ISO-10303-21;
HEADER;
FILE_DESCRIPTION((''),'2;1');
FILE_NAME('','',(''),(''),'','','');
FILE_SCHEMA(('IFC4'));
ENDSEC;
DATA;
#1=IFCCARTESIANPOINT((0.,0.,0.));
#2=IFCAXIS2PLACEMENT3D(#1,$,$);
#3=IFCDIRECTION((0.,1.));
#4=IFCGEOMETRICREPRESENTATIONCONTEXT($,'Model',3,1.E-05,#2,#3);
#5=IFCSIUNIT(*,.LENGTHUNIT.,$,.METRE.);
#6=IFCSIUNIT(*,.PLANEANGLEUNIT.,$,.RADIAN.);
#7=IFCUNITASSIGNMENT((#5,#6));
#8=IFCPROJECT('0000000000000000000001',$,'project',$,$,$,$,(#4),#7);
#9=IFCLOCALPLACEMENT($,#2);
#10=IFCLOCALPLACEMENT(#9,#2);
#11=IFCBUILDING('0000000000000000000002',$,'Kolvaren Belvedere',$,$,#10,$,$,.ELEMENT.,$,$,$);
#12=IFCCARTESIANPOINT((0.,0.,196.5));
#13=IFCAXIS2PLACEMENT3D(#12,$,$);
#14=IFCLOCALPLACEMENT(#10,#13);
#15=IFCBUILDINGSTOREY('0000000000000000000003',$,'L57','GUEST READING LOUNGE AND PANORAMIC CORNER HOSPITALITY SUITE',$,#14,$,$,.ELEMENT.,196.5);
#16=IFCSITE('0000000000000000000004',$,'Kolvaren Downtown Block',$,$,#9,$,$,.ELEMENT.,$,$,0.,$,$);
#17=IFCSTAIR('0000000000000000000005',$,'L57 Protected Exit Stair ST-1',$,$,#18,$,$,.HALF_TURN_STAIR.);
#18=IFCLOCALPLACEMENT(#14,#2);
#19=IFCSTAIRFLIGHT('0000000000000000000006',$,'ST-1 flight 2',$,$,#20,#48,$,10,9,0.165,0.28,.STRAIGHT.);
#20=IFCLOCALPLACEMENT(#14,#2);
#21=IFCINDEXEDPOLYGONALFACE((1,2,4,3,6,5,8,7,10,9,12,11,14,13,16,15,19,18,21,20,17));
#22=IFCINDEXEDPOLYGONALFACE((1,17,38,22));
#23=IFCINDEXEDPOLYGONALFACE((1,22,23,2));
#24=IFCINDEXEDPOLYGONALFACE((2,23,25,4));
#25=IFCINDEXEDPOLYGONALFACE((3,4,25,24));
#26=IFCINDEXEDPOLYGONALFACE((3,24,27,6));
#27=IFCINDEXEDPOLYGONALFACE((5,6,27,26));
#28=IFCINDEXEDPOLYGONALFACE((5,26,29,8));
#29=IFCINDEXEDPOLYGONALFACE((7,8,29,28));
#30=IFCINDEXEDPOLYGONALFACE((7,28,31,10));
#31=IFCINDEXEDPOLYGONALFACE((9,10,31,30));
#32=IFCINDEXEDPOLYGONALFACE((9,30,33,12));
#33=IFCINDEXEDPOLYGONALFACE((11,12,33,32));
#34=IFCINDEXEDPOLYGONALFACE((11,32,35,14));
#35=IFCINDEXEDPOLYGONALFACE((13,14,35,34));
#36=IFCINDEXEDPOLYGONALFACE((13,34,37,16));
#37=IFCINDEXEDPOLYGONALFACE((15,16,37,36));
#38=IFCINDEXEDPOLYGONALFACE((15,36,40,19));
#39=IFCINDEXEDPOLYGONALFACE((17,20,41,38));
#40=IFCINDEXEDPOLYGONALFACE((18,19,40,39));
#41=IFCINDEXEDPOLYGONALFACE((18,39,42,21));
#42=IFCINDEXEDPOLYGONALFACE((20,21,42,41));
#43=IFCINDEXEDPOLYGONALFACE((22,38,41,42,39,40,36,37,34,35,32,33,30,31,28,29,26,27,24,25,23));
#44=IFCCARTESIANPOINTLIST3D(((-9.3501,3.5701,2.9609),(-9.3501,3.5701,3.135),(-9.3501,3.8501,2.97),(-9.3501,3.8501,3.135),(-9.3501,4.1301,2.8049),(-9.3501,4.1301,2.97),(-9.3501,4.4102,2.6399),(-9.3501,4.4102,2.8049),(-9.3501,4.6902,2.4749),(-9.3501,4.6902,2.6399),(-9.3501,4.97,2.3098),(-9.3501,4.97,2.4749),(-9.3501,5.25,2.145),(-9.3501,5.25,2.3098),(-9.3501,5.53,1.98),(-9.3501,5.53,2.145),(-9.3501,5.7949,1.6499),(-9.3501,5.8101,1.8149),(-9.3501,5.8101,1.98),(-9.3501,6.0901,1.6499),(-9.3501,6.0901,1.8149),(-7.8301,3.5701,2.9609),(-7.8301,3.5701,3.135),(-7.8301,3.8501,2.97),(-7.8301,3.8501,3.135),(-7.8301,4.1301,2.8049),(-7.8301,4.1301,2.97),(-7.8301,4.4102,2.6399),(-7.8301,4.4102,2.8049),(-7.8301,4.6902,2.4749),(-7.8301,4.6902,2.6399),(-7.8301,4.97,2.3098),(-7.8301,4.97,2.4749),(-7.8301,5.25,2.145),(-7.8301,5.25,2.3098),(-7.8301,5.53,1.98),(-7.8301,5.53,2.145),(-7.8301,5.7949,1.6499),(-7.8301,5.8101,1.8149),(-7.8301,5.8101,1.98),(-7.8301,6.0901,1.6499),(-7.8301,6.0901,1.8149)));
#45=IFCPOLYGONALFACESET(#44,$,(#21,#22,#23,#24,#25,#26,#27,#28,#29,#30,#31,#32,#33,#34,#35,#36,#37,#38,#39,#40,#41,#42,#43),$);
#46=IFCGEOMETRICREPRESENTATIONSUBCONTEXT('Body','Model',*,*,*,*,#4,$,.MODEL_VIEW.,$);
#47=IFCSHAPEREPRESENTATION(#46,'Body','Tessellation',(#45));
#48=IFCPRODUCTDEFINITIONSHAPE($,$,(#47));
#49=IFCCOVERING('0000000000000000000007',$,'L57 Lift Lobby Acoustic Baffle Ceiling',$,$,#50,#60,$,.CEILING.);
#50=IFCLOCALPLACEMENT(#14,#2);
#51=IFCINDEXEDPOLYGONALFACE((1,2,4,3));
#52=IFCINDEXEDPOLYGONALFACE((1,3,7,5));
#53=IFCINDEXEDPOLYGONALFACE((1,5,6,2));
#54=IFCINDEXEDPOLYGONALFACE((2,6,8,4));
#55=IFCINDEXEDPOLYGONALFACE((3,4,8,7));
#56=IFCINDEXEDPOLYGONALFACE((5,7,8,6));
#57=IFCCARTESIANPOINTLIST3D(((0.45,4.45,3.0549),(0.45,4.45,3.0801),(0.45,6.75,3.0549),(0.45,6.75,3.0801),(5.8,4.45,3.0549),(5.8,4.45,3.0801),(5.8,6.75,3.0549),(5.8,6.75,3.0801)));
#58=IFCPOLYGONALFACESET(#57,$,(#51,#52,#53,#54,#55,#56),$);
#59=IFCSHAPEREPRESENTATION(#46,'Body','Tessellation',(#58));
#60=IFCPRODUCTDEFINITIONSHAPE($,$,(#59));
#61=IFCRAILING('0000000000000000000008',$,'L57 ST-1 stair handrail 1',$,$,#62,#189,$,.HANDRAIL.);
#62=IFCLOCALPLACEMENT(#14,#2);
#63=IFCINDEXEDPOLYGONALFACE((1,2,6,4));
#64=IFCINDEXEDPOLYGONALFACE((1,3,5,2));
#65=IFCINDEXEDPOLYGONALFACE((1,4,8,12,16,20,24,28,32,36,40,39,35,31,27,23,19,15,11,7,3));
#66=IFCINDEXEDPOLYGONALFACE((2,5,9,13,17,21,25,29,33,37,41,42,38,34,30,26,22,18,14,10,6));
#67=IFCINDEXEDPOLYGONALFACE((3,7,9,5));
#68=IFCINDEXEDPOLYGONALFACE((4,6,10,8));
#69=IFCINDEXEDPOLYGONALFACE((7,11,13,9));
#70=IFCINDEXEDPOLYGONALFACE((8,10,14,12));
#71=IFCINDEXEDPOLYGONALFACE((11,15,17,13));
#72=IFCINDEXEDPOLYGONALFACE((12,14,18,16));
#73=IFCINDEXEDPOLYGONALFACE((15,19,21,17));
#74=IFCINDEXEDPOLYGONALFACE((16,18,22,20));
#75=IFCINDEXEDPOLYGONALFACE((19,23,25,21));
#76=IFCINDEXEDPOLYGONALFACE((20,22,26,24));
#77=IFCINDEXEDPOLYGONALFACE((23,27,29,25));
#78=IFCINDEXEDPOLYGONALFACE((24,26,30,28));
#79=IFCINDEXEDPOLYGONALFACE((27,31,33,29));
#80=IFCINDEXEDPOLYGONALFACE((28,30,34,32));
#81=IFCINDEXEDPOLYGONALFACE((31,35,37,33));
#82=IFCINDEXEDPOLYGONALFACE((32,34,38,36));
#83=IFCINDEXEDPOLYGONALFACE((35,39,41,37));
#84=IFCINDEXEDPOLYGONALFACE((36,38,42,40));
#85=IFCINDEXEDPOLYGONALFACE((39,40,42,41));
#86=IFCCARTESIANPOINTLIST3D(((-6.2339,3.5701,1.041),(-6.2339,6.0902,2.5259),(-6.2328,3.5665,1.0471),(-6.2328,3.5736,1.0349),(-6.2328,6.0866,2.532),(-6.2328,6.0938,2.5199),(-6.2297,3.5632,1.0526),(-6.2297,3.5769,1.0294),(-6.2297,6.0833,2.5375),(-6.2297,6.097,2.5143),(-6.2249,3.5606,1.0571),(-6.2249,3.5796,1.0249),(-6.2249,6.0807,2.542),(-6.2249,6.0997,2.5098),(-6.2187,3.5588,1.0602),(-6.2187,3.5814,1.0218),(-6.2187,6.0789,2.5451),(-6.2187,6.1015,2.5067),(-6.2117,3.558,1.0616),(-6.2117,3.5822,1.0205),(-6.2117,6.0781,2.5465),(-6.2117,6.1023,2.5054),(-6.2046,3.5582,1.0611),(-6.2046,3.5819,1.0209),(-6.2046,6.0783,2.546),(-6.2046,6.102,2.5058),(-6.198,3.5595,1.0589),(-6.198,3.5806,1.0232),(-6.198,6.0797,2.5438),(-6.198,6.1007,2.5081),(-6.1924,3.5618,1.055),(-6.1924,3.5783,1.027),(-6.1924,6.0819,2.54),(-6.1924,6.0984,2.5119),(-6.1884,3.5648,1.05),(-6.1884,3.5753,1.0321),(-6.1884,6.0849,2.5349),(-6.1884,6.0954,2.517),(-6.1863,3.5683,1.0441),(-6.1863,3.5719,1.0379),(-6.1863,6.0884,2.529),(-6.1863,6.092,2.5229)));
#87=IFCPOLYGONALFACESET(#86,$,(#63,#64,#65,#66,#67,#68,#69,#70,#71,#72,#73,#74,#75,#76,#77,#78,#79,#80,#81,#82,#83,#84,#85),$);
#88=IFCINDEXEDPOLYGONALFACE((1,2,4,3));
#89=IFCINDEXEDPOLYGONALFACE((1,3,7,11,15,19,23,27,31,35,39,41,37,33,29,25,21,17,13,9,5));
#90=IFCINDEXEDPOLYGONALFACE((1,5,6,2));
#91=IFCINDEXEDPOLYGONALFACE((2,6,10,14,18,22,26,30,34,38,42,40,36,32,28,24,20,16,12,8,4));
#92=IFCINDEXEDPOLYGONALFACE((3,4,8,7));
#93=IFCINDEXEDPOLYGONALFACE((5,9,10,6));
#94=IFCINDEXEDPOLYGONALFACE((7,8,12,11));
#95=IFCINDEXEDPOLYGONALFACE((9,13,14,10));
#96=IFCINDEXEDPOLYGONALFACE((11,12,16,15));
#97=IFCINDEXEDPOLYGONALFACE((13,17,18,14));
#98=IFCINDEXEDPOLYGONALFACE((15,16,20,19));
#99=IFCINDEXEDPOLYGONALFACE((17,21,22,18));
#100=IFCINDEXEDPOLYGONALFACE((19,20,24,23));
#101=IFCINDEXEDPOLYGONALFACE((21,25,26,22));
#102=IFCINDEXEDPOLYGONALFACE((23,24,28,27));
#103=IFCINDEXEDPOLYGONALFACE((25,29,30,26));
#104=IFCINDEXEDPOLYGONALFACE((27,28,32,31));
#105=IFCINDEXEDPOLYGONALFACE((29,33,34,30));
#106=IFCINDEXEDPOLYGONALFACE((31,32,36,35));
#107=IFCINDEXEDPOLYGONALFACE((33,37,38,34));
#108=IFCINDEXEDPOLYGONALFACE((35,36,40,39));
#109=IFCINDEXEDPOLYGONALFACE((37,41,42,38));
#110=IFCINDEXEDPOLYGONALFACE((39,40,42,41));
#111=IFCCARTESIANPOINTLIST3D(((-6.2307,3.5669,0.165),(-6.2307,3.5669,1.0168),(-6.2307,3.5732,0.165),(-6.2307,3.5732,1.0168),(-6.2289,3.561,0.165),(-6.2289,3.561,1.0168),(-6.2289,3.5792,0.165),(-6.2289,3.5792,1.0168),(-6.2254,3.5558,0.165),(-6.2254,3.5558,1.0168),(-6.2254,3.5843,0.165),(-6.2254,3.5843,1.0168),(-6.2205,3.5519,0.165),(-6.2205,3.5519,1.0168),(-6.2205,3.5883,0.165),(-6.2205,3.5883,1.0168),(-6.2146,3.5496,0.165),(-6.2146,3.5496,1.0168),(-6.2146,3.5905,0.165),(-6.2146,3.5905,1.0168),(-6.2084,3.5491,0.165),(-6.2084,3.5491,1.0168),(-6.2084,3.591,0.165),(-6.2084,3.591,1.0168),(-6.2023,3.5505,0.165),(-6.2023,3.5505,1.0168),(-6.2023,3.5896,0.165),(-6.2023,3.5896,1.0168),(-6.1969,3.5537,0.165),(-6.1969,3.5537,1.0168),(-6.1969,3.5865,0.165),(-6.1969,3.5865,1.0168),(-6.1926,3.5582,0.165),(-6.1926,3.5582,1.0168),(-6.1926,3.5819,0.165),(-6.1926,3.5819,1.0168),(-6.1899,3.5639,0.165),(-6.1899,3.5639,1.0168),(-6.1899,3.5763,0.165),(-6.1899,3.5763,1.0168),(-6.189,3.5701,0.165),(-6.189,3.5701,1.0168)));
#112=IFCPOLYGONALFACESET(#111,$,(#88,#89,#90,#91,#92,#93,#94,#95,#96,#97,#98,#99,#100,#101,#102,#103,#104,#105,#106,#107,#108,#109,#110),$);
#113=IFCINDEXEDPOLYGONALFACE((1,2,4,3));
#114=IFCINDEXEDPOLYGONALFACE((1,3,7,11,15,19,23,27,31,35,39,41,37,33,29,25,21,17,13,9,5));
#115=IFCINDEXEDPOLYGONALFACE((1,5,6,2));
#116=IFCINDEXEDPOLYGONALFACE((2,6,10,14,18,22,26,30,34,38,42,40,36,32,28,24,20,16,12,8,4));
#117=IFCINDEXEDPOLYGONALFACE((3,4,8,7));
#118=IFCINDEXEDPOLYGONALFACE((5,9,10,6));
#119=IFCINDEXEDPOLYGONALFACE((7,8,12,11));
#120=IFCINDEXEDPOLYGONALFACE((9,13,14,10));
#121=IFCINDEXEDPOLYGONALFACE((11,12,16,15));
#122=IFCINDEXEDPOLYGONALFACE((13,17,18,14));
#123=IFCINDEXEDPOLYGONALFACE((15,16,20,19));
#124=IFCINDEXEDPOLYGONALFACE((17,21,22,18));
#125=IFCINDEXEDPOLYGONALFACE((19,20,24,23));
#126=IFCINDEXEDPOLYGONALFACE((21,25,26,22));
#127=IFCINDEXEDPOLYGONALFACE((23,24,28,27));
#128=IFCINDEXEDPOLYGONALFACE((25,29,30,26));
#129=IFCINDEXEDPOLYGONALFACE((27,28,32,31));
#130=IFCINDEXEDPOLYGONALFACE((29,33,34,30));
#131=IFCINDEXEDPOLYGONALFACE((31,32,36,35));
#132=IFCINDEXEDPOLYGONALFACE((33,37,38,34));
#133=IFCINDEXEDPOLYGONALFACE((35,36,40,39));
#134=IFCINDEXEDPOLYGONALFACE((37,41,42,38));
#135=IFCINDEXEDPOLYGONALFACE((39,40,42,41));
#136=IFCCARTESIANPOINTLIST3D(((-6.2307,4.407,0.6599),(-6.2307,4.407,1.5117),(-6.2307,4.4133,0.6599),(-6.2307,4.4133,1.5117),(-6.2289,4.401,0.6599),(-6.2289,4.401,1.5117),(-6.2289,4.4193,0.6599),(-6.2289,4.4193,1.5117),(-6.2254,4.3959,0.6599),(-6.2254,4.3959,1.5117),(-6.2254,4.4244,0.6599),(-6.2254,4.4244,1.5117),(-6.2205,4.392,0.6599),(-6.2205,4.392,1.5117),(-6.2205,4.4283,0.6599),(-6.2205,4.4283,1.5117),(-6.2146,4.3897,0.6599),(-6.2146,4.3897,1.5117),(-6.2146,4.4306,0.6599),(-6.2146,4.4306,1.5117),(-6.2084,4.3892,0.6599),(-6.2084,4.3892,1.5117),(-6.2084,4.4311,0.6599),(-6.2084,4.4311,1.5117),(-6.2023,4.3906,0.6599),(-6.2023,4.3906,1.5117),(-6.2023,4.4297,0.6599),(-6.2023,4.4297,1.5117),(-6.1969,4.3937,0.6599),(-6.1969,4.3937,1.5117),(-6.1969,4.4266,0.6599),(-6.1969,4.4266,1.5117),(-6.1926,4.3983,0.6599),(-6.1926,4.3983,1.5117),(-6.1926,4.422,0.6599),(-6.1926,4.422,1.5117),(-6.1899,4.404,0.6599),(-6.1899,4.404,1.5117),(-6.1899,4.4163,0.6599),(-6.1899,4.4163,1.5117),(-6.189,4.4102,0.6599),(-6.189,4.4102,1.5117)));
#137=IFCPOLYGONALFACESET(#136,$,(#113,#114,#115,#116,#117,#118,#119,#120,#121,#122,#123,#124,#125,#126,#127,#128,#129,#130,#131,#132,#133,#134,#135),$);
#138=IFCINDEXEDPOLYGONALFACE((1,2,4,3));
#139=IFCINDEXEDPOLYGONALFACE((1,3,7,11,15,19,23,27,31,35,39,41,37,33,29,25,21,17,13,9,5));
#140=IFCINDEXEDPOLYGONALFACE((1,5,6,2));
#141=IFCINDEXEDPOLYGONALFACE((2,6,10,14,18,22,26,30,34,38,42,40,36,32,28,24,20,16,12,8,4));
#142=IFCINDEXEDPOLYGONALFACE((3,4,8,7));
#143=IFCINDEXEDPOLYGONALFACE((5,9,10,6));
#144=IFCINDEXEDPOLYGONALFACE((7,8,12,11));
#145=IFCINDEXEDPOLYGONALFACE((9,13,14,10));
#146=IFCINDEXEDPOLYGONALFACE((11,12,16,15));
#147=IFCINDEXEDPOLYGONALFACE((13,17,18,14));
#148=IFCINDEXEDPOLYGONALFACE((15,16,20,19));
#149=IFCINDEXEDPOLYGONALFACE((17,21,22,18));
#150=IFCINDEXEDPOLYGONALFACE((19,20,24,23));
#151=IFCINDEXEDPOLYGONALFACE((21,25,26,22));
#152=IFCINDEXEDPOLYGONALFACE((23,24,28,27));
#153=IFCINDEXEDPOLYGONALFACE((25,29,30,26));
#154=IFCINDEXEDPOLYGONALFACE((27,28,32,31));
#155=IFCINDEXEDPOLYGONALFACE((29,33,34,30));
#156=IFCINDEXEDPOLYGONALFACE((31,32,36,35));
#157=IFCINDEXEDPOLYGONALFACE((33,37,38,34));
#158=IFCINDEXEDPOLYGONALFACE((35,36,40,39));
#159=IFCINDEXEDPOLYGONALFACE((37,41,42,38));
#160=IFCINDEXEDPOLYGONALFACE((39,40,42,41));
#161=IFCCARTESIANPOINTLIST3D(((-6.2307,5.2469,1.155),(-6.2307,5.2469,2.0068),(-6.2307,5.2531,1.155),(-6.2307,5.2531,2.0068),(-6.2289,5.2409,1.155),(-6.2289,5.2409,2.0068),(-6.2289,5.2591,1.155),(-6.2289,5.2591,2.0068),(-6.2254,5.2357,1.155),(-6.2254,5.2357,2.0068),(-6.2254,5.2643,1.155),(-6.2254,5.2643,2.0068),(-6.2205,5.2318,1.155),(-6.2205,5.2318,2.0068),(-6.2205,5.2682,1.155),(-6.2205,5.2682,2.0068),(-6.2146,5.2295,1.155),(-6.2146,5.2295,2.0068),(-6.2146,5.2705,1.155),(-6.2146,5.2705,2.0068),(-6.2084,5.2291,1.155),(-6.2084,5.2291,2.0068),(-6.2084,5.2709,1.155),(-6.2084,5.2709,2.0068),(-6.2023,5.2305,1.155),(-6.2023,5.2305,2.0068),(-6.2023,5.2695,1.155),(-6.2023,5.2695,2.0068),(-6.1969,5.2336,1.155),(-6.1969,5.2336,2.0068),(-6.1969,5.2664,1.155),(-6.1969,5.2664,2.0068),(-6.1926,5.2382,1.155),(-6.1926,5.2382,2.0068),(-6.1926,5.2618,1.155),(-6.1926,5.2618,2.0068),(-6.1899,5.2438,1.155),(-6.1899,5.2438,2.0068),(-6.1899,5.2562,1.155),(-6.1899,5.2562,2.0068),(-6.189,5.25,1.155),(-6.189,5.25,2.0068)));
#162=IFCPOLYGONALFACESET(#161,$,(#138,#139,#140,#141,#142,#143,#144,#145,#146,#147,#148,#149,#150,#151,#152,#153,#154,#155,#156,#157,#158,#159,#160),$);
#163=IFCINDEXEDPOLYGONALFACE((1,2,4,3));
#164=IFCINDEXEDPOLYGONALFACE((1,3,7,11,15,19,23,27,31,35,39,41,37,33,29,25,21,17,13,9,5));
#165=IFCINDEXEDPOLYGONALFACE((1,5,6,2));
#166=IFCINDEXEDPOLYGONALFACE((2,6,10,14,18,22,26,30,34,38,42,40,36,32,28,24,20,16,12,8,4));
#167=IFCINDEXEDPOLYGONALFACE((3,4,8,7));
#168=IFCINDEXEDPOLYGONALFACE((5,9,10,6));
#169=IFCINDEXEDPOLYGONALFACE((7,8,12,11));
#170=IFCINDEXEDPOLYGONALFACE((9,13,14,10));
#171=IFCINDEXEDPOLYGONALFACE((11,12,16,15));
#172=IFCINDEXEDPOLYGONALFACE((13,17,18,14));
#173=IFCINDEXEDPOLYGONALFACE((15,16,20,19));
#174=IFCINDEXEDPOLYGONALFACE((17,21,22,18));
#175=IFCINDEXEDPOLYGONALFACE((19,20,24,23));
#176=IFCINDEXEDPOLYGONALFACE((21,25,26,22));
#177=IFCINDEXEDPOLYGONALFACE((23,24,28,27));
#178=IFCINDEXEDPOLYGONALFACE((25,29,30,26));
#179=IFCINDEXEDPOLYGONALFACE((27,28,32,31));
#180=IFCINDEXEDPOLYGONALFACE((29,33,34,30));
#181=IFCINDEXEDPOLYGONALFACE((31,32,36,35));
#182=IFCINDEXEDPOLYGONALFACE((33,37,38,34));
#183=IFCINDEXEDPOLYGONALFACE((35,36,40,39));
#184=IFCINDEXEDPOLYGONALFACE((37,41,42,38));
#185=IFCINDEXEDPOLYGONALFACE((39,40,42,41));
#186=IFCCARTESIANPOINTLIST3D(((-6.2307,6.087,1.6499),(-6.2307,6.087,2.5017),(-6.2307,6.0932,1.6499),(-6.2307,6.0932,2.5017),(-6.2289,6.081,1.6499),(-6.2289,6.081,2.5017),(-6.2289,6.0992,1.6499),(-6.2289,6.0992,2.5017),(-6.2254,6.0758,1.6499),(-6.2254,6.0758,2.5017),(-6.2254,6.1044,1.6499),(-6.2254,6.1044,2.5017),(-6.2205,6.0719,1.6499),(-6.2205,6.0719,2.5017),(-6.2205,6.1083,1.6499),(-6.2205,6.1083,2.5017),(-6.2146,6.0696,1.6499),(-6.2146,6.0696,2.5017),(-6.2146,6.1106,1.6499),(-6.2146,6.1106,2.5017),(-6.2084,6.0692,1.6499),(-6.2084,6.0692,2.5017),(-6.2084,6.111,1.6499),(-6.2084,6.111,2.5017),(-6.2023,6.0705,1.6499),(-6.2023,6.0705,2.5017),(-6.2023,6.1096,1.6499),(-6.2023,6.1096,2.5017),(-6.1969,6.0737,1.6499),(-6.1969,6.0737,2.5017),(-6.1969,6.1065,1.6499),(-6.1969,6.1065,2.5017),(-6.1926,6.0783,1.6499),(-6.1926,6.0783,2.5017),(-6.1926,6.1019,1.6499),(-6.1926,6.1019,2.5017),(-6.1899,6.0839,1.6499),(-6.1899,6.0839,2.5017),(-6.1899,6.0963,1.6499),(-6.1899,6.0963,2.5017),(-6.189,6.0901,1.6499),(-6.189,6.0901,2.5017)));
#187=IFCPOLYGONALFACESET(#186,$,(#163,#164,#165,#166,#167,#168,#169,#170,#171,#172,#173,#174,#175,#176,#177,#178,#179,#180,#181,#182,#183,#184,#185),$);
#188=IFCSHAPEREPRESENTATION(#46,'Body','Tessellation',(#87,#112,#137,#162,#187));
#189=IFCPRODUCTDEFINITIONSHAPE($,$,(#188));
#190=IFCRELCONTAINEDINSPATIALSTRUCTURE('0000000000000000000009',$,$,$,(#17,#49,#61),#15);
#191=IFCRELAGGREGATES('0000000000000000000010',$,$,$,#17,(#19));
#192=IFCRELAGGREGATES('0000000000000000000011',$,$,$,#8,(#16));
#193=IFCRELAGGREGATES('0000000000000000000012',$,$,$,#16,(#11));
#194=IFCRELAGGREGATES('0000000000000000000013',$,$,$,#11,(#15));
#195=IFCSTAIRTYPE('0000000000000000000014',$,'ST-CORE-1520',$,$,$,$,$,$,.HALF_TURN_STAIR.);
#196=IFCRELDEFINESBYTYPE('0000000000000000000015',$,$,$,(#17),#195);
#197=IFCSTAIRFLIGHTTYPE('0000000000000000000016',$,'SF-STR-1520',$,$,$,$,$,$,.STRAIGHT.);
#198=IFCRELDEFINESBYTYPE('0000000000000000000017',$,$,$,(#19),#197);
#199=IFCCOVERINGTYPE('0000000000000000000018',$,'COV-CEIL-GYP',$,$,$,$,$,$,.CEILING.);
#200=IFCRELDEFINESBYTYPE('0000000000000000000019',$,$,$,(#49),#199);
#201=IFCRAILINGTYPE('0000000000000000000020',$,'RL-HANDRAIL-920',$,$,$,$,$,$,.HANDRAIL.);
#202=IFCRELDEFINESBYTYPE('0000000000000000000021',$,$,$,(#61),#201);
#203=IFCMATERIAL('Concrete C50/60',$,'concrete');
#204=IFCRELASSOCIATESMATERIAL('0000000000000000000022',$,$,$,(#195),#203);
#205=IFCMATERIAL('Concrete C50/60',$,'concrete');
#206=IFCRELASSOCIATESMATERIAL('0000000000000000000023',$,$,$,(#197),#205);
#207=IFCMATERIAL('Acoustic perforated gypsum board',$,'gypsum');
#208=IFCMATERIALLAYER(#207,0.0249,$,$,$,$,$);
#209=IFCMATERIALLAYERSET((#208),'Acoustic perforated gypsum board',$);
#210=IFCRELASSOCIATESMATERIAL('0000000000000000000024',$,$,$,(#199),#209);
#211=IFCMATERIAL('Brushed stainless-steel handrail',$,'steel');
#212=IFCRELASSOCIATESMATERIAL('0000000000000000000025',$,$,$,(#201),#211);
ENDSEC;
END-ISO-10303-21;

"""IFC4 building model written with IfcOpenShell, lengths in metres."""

from ifc_helpers import new_model, si_unit, direction, frame, origin, origin_2d, place, context, subcontext, project, spatial, polyline, circle, outline, extrude, material, layer, layer_set, type_object, element, aggregate, save


model = new_model("IFC4")

# Units and contexts
model_context = context("Model", 3, precision=1e-05, world=origin(), true_north=direction((0.0, 1.0)))
body_context = subcontext(model_context, "Body", "Model", "MODEL_VIEW")
ifc_project = project(units=[si_unit("LENGTHUNIT", "METRE"), si_unit("PLANEANGLEUNIT", "RADIAN")], contexts=[model_context])

# Site, building, storey
site_placement = place(None, origin())
site = spatial("IfcSite", under=ifc_project, at=site_placement, Name="Kolvaren Downtown Block", CompositionType="ELEMENT", RefElevation=0.0)
building_placement = place(site_placement, origin())
building = spatial("IfcBuilding", under=site, at=building_placement, Name="Kolvaren Belvedere", CompositionType="ELEMENT")
storey_placement = place(building_placement, frame((0.0, 0.0, 196.5)))
storey = spatial("IfcBuildingStorey", under=building, at=storey_placement, Name="L57", Description="GUEST READING LOUNGE AND PANORAMIC CORNER HOSPITALITY SUITE", CompositionType="ELEMENT", Elevation=196.5)

# Stair
ifc_material_1 = material(Name="Concrete C50/60", Category="concrete")
stair_type = type_object("IfcStairType", Name="ST-CORE-1520", PredefinedType="HALF_TURN_STAIR", material=ifc_material_1)
stair_1_placement = place(storey_placement, origin())
stair_1 = element("IfcStair", 1, at=stair_1_placement, inside=storey, type_object=stair_type, Name="L57 Protected Exit Stair ST-1", PredefinedType="HALF_TURN_STAIR")

# Stair flight
ifc_material_2 = material(Name="Concrete C50/60", Category="concrete")
stair_flight_type = type_object("IfcStairFlightType", Name="SF-STR-1520", PredefinedType="STRAIGHT", material=ifc_material_2)
stair_flight_1_placement = place(storey_placement, frame((-8.5901, 6.0901, 1.6499), z_axis=(0.0, 0.0, 1.0), x_axis=(0.0, -1.0, 0.0)))
stair_flight_1 = element("IfcStairFlight", 2, at=stair_flight_1_placement, type_object=stair_flight_type, Name="ST-1 flight 2", NumberOfRisers=10, NumberOfTreads=9, PredefinedType="STRAIGHT", RiserHeight=0.165, TreadLength=0.28, context=body_context, shape_type="SweptSolid", body=[
    extrude(outline(polyline([(0.0, 0.0), (0.0, 0.165), (0.28, 0.165), (0.28, 0.3301), (0.5601, 0.3301), (0.5601, 0.4951), (0.8401, 0.4951), (0.8401, 0.6599), (1.1201, 0.6599), (1.1201, 0.825), (1.3999, 0.825), (1.3999, 0.99), (1.6799, 0.99), (1.6799, 1.155), (1.96, 1.155), (1.96, 1.3201), (2.24, 1.3201), (2.24, 1.4851), (2.52, 1.4851), (2.52, 1.6499), (2.52, 1.311), (0.2952, 0.0), (0.0, 0.0)])), frame((0.0, 0.76, 0.0), z_axis=(0.0, -1.0, 0.0), x_axis=(1.0, 0.0, 0.0)), (0.0, 0.0, 1.0), 1.52),
])
aggregate(stair_1, [stair_flight_1])

# Covering
ifc_material_3 = material(Name="Acoustic perforated gypsum board", Category="gypsum")
ifc_layer_1 = layer(ifc_material_3, 0.0249)
ifc_layer_set_1 = layer_set([ifc_layer_1], Name="Acoustic perforated gypsum board")
covering_type = type_object("IfcCoveringType", Name="COV-CEIL-GYP", PredefinedType="CEILING", material=ifc_layer_set_1)
covering_placement = place(storey_placement, frame((0.0, 0.0, 3.0549)))
element("IfcCovering", 3, at=covering_placement, inside=storey, type_object=covering_type, Name="L57 Lift Lobby Acoustic Baffle Ceiling", PredefinedType="CEILING", context=body_context, shape_type="SweptSolid", body=[
    extrude(outline(polyline([(0.45, 4.45), (5.8, 4.45), (5.8, 6.75), (0.45, 6.75), (0.45, 4.45)])), origin(), (0.0, 0.0, 1.0), 0.0251),
])

# Railing
ifc_material_4 = material(Name="Brushed stainless-steel handrail", Category="steel")
railing_type_1 = type_object("IfcRailingType", Name="RL-HANDRAIL-920", PredefinedType="HANDRAIL", material=ifc_material_4)
railing_1_placement = place(storey_placement, frame((-6.21, 3.5701, 0.165)))
element("IfcRailing", 4, at=railing_1_placement, inside=storey, type_object=railing_type_1, Name="L57 ST-1 stair handrail 1", PredefinedType="HANDRAIL", context=body_context, shape_type="SweptSolid", body=[
    extrude(circle(Radius=0.0239, at=origin_2d()), frame((0.0, 0.0, 0.876), z_axis=(0.0, 0.861561, 0.507655), x_axis=(-1.0, 0.0, 0.0)), (0.0, 0.0, 1.0), 2.925),
    extrude(circle(Radius=0.021, at=origin_2d()), origin(), (0.0, 0.0, 1.0), 0.8518),
    extrude(circle(Radius=0.021, at=origin_2d()), frame((0.0, 0.8401, 0.4949)), (0.0, 0.0, 1.0), 0.8518),
    extrude(circle(Radius=0.021, at=origin_2d()), frame((0.0, 1.6799, 0.99)), (0.0, 0.0, 1.0), 0.8518),
    extrude(circle(Radius=0.021, at=origin_2d()), frame((0.0, 2.52, 1.4849)), (0.0, 0.0, 1.0), 0.8518),
])

save(model, "model.ifc")
